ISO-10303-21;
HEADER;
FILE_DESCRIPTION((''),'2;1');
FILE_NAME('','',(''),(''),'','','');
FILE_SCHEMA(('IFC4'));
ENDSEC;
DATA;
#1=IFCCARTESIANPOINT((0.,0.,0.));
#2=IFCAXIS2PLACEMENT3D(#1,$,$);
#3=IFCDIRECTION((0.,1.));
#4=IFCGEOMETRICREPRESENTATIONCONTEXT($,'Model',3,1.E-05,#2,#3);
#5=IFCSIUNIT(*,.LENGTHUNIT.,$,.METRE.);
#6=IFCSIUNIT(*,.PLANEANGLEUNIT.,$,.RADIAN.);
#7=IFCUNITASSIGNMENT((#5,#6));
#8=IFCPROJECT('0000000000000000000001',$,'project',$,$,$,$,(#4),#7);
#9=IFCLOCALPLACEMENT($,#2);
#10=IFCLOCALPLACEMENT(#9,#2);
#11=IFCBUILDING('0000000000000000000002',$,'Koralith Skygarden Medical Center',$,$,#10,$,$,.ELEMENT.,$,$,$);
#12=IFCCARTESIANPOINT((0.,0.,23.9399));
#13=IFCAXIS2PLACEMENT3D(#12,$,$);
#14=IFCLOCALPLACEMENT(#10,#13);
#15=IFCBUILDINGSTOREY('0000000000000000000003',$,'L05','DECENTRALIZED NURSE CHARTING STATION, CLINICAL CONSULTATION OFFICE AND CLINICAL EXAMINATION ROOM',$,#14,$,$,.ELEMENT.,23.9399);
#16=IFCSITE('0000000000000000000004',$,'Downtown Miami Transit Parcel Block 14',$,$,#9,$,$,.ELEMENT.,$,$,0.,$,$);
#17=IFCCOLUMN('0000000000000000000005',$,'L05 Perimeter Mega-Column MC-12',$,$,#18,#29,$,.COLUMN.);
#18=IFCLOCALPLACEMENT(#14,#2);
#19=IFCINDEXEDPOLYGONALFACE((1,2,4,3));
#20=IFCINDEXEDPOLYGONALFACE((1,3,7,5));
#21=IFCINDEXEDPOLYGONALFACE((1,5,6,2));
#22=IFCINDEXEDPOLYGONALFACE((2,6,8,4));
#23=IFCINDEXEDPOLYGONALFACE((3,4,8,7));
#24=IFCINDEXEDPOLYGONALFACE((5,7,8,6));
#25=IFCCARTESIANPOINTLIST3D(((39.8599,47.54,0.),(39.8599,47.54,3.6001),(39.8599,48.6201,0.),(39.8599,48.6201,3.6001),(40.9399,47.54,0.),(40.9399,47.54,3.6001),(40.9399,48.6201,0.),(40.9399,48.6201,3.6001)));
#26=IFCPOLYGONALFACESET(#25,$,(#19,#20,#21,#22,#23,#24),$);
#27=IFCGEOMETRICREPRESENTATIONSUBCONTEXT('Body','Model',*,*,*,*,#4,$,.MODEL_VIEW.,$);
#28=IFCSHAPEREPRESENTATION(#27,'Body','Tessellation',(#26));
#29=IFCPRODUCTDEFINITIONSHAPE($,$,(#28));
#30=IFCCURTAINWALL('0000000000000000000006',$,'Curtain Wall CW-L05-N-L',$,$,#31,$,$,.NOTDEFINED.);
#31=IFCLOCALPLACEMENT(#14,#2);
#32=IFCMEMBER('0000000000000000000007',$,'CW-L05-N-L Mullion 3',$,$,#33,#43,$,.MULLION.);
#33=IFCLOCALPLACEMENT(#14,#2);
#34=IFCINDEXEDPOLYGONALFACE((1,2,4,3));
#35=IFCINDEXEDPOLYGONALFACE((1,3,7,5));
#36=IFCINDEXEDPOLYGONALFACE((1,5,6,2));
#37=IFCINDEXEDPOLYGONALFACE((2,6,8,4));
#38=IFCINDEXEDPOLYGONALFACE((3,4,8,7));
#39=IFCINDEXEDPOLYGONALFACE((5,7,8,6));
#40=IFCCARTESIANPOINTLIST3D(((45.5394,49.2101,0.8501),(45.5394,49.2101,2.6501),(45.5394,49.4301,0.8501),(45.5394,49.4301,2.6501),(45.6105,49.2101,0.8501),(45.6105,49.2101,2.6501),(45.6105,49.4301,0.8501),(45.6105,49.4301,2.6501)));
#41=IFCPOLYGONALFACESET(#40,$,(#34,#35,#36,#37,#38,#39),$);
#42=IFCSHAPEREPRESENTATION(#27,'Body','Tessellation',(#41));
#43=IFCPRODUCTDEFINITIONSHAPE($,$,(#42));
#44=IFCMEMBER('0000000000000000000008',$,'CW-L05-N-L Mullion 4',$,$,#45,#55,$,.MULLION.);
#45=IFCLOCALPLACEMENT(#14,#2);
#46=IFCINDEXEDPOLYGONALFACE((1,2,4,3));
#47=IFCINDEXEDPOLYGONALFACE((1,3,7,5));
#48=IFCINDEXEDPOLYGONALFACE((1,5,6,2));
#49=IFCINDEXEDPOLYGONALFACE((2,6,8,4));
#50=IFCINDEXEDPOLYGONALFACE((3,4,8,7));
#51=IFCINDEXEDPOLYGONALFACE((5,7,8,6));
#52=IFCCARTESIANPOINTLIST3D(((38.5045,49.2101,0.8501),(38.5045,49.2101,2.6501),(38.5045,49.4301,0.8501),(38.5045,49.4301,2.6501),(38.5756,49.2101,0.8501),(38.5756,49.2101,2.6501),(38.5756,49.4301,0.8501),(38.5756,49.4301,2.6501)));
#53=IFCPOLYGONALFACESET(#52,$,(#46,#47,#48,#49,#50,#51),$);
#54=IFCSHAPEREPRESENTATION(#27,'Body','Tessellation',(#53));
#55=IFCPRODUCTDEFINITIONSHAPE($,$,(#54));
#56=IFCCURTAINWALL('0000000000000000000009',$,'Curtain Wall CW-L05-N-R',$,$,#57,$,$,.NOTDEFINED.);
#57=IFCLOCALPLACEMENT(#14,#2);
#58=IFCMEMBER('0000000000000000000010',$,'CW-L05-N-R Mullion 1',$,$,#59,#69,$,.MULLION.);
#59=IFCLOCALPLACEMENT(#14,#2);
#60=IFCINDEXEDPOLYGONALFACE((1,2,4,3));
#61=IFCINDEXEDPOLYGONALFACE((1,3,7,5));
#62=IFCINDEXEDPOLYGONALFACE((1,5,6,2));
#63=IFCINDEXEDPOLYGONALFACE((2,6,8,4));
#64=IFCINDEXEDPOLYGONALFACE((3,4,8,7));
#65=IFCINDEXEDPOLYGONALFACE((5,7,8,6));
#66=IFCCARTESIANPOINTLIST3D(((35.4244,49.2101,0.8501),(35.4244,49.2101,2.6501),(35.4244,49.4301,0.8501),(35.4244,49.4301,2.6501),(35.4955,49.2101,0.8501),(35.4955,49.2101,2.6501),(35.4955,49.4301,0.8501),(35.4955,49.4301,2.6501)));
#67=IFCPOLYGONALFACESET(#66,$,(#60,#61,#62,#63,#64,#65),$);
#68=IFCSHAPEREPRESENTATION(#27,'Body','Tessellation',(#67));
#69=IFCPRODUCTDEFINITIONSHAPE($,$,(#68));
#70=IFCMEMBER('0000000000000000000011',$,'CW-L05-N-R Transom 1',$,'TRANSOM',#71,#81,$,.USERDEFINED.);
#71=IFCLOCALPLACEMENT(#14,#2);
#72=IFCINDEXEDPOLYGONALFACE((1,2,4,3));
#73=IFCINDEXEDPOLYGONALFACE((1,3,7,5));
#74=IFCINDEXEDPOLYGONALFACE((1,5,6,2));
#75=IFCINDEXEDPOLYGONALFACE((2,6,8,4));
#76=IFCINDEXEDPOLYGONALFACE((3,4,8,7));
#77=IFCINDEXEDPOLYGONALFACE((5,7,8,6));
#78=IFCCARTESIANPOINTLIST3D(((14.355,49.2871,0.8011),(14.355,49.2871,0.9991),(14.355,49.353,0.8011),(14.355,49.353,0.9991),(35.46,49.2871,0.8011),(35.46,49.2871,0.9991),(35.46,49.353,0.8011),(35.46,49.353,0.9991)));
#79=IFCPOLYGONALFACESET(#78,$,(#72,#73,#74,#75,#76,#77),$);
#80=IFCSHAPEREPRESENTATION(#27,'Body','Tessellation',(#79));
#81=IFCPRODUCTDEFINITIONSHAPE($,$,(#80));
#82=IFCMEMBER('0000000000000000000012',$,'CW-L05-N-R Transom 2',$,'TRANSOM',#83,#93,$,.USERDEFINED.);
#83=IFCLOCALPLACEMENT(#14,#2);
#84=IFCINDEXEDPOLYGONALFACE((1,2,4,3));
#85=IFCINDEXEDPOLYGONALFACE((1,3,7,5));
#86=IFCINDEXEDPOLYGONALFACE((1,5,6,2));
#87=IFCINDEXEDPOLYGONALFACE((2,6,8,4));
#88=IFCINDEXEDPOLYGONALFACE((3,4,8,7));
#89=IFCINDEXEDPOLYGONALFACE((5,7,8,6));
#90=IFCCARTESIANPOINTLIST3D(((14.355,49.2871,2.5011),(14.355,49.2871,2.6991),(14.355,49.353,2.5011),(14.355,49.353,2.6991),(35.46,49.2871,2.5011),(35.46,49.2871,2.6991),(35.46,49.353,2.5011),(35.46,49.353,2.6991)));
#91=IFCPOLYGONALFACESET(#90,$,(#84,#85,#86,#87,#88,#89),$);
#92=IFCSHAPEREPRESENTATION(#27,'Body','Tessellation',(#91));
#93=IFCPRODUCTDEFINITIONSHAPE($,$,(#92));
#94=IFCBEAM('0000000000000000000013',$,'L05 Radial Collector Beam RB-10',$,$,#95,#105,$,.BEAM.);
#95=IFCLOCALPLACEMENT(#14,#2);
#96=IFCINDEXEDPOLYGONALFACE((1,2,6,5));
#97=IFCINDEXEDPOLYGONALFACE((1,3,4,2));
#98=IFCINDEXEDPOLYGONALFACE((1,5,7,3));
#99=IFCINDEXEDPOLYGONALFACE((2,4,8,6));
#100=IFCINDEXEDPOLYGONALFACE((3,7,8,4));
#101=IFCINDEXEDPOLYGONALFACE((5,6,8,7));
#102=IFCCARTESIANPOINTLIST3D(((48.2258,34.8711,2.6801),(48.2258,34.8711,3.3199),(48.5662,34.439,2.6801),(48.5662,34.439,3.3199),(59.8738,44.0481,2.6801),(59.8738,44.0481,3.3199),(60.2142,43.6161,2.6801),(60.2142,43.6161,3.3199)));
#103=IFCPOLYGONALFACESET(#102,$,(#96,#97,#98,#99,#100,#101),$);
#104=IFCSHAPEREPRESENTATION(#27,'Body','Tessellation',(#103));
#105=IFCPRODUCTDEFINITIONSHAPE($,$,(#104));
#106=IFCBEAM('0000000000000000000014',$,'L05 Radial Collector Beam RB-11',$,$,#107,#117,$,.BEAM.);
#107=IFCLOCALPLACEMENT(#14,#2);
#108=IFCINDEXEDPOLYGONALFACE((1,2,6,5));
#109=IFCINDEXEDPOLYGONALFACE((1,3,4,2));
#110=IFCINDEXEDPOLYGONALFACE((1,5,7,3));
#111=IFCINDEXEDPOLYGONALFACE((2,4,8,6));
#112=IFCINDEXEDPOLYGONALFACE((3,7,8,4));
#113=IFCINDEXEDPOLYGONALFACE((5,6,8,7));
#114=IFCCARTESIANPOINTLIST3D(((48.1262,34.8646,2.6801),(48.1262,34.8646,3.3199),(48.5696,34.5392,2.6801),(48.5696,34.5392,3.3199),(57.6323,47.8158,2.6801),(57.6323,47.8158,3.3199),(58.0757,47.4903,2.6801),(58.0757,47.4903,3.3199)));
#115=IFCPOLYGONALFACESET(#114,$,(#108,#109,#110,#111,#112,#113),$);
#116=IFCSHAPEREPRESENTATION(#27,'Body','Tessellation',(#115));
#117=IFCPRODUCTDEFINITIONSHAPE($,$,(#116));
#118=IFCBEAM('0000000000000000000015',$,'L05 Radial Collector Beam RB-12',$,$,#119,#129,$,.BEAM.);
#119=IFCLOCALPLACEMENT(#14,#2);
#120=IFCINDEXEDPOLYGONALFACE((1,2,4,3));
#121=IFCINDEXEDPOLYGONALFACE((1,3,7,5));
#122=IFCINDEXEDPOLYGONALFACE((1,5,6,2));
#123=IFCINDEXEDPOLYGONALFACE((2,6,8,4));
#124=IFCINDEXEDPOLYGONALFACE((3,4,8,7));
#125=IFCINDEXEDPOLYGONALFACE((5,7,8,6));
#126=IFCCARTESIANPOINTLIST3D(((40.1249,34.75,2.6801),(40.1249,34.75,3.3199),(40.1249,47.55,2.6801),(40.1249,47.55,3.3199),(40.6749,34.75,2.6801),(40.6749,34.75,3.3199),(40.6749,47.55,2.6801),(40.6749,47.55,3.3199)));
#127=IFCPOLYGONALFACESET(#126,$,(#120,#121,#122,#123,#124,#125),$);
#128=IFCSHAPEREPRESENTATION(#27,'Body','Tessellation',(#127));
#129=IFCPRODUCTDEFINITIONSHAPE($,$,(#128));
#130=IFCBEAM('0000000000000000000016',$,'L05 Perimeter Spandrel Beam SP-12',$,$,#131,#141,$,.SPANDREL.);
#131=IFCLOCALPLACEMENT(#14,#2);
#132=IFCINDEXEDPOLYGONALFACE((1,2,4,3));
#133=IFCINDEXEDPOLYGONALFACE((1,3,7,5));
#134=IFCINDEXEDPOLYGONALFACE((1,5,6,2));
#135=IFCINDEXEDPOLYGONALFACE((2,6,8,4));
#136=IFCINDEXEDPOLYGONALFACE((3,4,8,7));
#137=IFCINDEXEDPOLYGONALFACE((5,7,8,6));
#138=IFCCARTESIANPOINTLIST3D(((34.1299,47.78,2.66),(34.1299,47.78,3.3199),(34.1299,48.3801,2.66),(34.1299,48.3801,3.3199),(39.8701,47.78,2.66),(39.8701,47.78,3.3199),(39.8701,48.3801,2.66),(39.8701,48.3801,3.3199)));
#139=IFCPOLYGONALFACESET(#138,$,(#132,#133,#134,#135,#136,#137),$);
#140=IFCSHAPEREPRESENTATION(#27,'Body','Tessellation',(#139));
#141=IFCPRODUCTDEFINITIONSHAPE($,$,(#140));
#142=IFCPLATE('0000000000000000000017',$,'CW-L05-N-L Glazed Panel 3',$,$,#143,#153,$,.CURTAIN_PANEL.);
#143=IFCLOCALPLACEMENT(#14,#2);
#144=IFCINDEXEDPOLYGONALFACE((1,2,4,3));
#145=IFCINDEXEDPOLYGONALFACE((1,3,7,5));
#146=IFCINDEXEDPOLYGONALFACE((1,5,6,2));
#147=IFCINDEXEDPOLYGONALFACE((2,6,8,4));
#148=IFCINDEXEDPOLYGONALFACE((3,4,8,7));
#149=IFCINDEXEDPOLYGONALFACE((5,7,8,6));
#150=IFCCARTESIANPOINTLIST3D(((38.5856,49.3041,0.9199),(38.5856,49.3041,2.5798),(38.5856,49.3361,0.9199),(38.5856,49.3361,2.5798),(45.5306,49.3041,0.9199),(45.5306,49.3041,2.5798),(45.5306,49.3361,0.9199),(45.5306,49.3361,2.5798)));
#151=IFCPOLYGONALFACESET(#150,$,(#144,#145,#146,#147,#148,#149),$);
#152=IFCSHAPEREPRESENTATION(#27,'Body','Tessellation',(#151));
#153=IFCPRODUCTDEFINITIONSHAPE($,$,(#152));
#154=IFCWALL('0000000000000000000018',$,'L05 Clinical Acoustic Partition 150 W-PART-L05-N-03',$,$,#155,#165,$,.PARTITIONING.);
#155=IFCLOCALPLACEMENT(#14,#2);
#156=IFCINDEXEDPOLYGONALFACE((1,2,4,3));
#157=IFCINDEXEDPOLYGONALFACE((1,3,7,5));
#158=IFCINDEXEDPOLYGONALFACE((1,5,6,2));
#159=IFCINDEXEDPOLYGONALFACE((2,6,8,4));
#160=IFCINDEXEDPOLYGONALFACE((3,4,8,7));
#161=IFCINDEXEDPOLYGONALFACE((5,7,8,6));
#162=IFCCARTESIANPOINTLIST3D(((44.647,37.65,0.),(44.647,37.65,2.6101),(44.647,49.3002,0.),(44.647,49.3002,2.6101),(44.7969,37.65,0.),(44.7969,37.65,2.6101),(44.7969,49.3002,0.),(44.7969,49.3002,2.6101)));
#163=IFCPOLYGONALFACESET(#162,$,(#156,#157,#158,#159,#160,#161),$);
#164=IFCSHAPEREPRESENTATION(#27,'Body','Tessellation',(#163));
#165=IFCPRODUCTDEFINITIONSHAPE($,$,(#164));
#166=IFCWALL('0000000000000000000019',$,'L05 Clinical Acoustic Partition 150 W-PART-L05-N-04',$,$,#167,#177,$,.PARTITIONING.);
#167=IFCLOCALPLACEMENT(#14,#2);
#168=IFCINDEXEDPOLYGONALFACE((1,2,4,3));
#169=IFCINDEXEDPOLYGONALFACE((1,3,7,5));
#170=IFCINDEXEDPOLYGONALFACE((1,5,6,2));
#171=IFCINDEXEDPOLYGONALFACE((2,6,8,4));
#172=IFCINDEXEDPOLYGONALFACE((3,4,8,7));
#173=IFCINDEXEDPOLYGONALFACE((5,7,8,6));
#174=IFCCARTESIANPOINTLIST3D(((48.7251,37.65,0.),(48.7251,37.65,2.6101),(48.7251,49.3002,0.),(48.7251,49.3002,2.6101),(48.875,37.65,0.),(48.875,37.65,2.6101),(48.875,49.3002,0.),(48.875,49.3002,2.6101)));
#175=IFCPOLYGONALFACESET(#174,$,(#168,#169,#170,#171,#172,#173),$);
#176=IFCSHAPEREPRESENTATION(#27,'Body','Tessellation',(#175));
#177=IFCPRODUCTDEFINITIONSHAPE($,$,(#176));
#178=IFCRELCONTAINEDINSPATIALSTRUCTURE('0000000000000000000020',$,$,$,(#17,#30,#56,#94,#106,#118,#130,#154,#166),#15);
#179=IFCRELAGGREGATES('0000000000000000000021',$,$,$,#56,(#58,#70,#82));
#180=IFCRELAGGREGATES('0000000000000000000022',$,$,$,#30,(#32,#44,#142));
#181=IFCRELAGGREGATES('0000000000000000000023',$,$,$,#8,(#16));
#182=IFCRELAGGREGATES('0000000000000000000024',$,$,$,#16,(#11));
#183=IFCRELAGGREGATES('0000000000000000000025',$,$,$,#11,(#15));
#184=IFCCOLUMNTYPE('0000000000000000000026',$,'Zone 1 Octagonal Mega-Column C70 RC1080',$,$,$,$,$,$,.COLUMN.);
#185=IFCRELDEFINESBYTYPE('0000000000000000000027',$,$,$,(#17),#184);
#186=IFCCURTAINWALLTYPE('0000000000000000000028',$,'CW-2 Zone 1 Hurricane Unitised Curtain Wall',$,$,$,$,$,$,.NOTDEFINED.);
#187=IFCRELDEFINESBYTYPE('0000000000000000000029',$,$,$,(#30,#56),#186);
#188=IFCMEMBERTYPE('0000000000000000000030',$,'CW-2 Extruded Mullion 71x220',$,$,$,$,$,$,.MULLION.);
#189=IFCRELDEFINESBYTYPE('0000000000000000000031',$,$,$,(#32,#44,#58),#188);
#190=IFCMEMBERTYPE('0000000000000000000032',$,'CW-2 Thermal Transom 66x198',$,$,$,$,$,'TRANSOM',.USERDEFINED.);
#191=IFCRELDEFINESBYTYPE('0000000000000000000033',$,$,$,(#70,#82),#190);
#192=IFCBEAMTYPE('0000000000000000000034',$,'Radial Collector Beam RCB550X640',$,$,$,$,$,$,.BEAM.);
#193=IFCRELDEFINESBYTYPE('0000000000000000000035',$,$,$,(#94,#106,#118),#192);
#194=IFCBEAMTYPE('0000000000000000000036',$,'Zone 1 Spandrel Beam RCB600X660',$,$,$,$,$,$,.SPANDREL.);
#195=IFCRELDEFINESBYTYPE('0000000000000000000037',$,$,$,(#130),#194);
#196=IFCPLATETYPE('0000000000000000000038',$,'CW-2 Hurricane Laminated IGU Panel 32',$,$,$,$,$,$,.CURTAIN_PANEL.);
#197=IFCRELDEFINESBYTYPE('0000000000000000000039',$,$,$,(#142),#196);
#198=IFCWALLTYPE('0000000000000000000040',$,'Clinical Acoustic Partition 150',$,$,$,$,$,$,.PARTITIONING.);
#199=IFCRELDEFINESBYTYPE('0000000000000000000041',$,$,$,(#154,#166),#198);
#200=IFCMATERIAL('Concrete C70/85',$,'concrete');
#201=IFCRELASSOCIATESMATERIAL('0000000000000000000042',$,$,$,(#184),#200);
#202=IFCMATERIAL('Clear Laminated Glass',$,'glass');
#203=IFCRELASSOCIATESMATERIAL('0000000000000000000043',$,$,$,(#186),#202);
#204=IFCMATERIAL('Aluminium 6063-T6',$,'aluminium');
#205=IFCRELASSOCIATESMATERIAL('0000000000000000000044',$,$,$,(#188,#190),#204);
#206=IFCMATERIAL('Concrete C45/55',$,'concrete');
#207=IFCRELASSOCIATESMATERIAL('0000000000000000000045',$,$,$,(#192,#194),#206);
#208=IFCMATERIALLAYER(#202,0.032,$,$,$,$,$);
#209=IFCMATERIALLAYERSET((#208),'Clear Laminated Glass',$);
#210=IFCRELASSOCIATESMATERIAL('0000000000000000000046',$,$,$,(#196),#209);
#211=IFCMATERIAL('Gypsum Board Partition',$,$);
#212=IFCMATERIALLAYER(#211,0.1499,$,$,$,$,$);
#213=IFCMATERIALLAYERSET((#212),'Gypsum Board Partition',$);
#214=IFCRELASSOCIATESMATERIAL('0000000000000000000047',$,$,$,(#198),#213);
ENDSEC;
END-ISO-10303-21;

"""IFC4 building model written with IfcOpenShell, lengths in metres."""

from ifc_helpers import new_model, si_unit, direction, frame, frame_2d, origin, origin_2d, place, context, subcontext, project, spatial, rectangle, extrude, material, layer, layer_set, material_profile, profile_set, type_object, element, aggregate, save


model = new_model("IFC4")

# Units and contexts
model_context = context("Model", 3, precision=1e-05, world=origin(), true_north=direction((0.0, 1.0)))
body_context = subcontext(model_context, "Body", "Model", "MODEL_VIEW")
ifc_project = project(units=[si_unit("LENGTHUNIT", "METRE"), si_unit("PLANEANGLEUNIT", "RADIAN")], contexts=[model_context])

# Site, building, storey
site_placement = place(None, origin())
site = spatial("IfcSite", under=ifc_project, at=site_placement, Name="Downtown Miami Transit Parcel Block 14", CompositionType="ELEMENT", RefElevation=0.0)
building_placement = place(site_placement, origin())
building = spatial("IfcBuilding", under=site, at=building_placement, Name="Koralith Skygarden Medical Center", CompositionType="ELEMENT")
storey_placement = place(building_placement, frame((0.0, 0.0, 23.9399)))
storey = spatial("IfcBuildingStorey", under=building, at=storey_placement, Name="L05", Description="DECENTRALIZED NURSE CHARTING STATION, CLINICAL CONSULTATION OFFICE AND CLINICAL EXAMINATION ROOM", CompositionType="ELEMENT", Elevation=23.9399)

# Column
ifc_material_1 = material(Name="Concrete C70/85", Category="concrete")
ifc_material_profile_1 = material_profile(ifc_material_1, rectangle(XDim=1.0801, YDim=1.0801, at=origin_2d()), Name="RC1080X1080")
ifc_profile_set_1 = profile_set([ifc_material_profile_1], Name="Concrete C70/85")
column_type = type_object("IfcColumnType", Name="Zone 1 Octagonal Mega-Column C70 RC1080", PredefinedType="COLUMN", material=ifc_profile_set_1)
column_placement = place(storey_placement, frame((40.3999, 48.0801, 0.0), z_axis=(0.0, 0.0, 1.0), x_axis=(1.0, 0.0, 0.0)))
element("IfcColumn", 1, at=column_placement, inside=storey, type_object=column_type, Name="L05 Perimeter Mega-Column MC-12", PredefinedType="COLUMN", context=body_context, shape_type="SweptSolid", body=[
    extrude(rectangle(XDim=1.0801, YDim=1.0801, at=origin_2d()), origin(), (0.0, 0.0, 1.0), 3.6001),
])

# Curtain walls, members
ifc_material_2 = material(Name="Clear Laminated Glass", Category="glass")
curtain_wall_type = type_object("IfcCurtainWallType", Name="CW-2 Zone 1 Hurricane Unitised Curtain Wall", PredefinedType="NOTDEFINED", material=ifc_material_2)
curtain_wall_1_placement = place(storey_placement, origin())
curtain_wall_1 = element("IfcCurtainWall", 2, at=curtain_wall_1_placement, inside=storey, type_object=curtain_wall_type, Name="Curtain Wall CW-L05-N-L", PredefinedType="NOTDEFINED")
ifc_material_3 = material(Name="Aluminium 6063-T6", Category="aluminium")
ifc_material_profile_2 = material_profile(ifc_material_3, rectangle(XDim=0.071, YDim=0.22, at=origin_2d()), Name="MUL71X220")
ifc_profile_set_2 = profile_set([ifc_material_profile_2], Name="Aluminium 6063-T6")
member_type_1 = type_object("IfcMemberType", Name="CW-2 Extruded Mullion 71x220", PredefinedType="MULLION", material=ifc_profile_set_2)
member_1_placement = place(storey_placement, frame((45.575, 49.3201, 0.8501), z_axis=(0.0, 0.0, 1.0), x_axis=(1.0, 0.0, 0.0)))
member_1 = element("IfcMember", 3, at=member_1_placement, type_object=member_type_1, Name="CW-L05-N-L Mullion 3", PredefinedType="MULLION", context=body_context, shape_type="SweptSolid", body=[
    extrude(rectangle(XDim=0.071, YDim=0.22, at=origin_2d()), origin(), (0.0, 0.0, 1.0), 1.8),
])
member_2_placement = place(storey_placement, frame((38.54, 49.3201, 0.8501), z_axis=(0.0, 0.0, 1.0), x_axis=(1.0, 0.0, 0.0)))
member_2 = element("IfcMember", 4, at=member_2_placement, type_object=member_type_1, Name="CW-L05-N-L Mullion 4", PredefinedType="MULLION", context=body_context, shape_type="SweptSolid", body=[
    extrude(rectangle(XDim=0.071, YDim=0.22, at=origin_2d()), origin(), (0.0, 0.0, 1.0), 1.8),
])
curtain_wall_2_placement = place(storey_placement, origin())
curtain_wall_2 = element("IfcCurtainWall", 5, at=curtain_wall_2_placement, inside=storey, type_object=curtain_wall_type, Name="Curtain Wall CW-L05-N-R", PredefinedType="NOTDEFINED")
member_3_placement = place(storey_placement, frame((35.46, 49.3201, 0.8501), z_axis=(0.0, 0.0, 1.0), x_axis=(1.0, 0.0, 0.0)))
member_3 = element("IfcMember", 6, at=member_3_placement, type_object=member_type_1, Name="CW-L05-N-R Mullion 1", PredefinedType="MULLION", context=body_context, shape_type="SweptSolid", body=[
    extrude(rectangle(XDim=0.071, YDim=0.22, at=origin_2d()), origin(), (0.0, 0.0, 1.0), 1.8),
])
ifc_material_profile_3 = material_profile(ifc_material_3, rectangle(XDim=0.0659, YDim=0.198, at=origin_2d()), Name="TRN66X198")
ifc_profile_set_3 = profile_set([ifc_material_profile_3], Name="Aluminium 6063-T6")
member_type_2 = type_object("IfcMemberType", Name="CW-2 Thermal Transom 66x198", ElementType="TRANSOM", PredefinedType="USERDEFINED", material=ifc_profile_set_3)
member_4_placement = place(storey_placement, frame((35.46, 49.3201, 0.9001), z_axis=(-1.0, 0.0, 0.0), x_axis=(0.0, -1.0, 0.0)))
member_4 = element("IfcMember", 7, at=member_4_placement, type_object=member_type_2, Name="CW-L05-N-R Transom 1", ObjectType="TRANSOM", PredefinedType="USERDEFINED", context=body_context, shape_type="SweptSolid", body=[
    extrude(rectangle(XDim=0.0659, YDim=0.198, at=origin_2d()), origin(), (0.0, 0.0, 1.0), 21.105),
])
member_5_placement = place(storey_placement, frame((35.46, 49.3201, 2.6001), z_axis=(-1.0, 0.0, 0.0), x_axis=(0.0, -1.0, 0.0)))
member_5 = element("IfcMember", 8, at=member_5_placement, type_object=member_type_2, Name="CW-L05-N-R Transom 2", ObjectType="TRANSOM", PredefinedType="USERDEFINED", context=body_context, shape_type="SweptSolid", body=[
    extrude(rectangle(XDim=0.0659, YDim=0.198, at=origin_2d()), origin(), (0.0, 0.0, 1.0), 21.105),
])
aggregate(curtain_wall_2, [member_3, member_4, member_5])

# Beams
ifc_material_4 = material(Name="Concrete C45/55", Category="concrete")
ifc_material_profile_4 = material_profile(ifc_material_4, rectangle(XDim=0.55, YDim=0.6399, at=origin_2d()), Name="RCB550X640")
ifc_profile_set_4 = profile_set([ifc_material_profile_4], Name="Concrete C45/55")
beam_type_1 = type_object("IfcBeamType", Name="Radial Collector Beam RCB550X640", PredefinedType="BEAM", material=ifc_profile_set_4)
beam_1_placement = place(storey_placement, frame((48.396, 34.655, 3.0), z_axis=(0.785497, 0.618865, 0.0), x_axis=(-0.618865, 0.785497, 0.0)))
element("IfcBeam", 9, at=beam_1_placement, inside=storey, type_object=beam_type_1, Name="L05 Radial Collector Beam RB-10", PredefinedType="BEAM", context=body_context, shape_type="SweptSolid", body=[
    extrude(rectangle(XDim=0.55, YDim=0.6399, at=origin_2d()), origin(), (0.0, 0.0, 1.0), 14.8289),
])
beam_2_placement = place(storey_placement, frame((48.3479, 34.7019, 3.0), z_axis=(0.591711, 0.80615, 0.0), x_axis=(-0.80615, 0.591711, 0.0)))
element("IfcBeam", 10, at=beam_2_placement, inside=storey, type_object=beam_type_1, Name="L05 Radial Collector Beam RB-11", PredefinedType="BEAM", context=body_context, shape_type="SweptSolid", body=[
    extrude(rectangle(XDim=0.55, YDim=0.6399, at=origin_2d()), origin(), (0.0, 0.0, 1.0), 16.0654),
])
beam_3_placement = place(storey_placement, frame((40.3999, 34.75, 3.0), z_axis=(0.0, 1.0, 0.0), x_axis=(-1.0, 0.0, 0.0)))
element("IfcBeam", 11, at=beam_3_placement, inside=storey, type_object=beam_type_1, Name="L05 Radial Collector Beam RB-12", PredefinedType="BEAM", context=body_context, shape_type="SweptSolid", body=[
    extrude(rectangle(XDim=0.55, YDim=0.6399, at=origin_2d()), origin(), (0.0, 0.0, 1.0), 12.8),
])
ifc_material_profile_5 = material_profile(ifc_material_4, rectangle(XDim=0.6001, YDim=0.6599, at=origin_2d()), Name="RCB600X660")
ifc_profile_set_5 = profile_set([ifc_material_profile_5], Name="Concrete C45/55")
beam_type_2 = type_object("IfcBeamType", Name="Zone 1 Spandrel Beam RCB600X660", PredefinedType="SPANDREL", material=ifc_profile_set_5)
beam_4_placement = place(storey_placement, frame((39.8701, 48.0801, 2.99), z_axis=(-1.0, 0.0, 0.0), x_axis=(0.0, -1.0, 0.0)))
element("IfcBeam", 12, at=beam_4_placement, inside=storey, type_object=beam_type_2, Name="L05 Perimeter Spandrel Beam SP-12", PredefinedType="SPANDREL", context=body_context, shape_type="SweptSolid", body=[
    extrude(rectangle(XDim=0.6001, YDim=0.6599, at=origin_2d()), origin(), (0.0, 0.0, 1.0), 5.7402),
])

# Plate
ifc_layer_1 = layer(ifc_material_2, 0.032)
ifc_layer_set_1 = layer_set([ifc_layer_1], Name="Clear Laminated Glass")
plate_type = type_object("IfcPlateType", Name="CW-2 Hurricane Laminated IGU Panel 32", PredefinedType="CURTAIN_PANEL", material=ifc_layer_set_1)
plate_placement = place(storey_placement, frame((42.0581, 49.3201, 0.9199), z_axis=(0.0, 0.0, 1.0), x_axis=(-1.0, 0.0, 0.0)))
plate = element("IfcPlate", 13, at=plate_placement, type_object=plate_type, Name="CW-L05-N-L Glazed Panel 3", PredefinedType="CURTAIN_PANEL", context=body_context, shape_type="SweptSolid", body=[
    extrude(rectangle(XDim=6.9451, YDim=0.032, at=origin_2d()), origin(), (0.0, 0.0, 1.0), 1.6599),
])
aggregate(curtain_wall_1, [member_1, member_2, plate])

# Walls
ifc_material_5 = material(Name="Gypsum Board Partition")
ifc_layer_2 = layer(ifc_material_5, 0.1499)
ifc_layer_set_2 = layer_set([ifc_layer_2], Name="Gypsum Board Partition")
wall_type_1 = type_object("IfcWallType", Name="Clinical Acoustic Partition 150", PredefinedType="PARTITIONING", material=ifc_layer_set_2)
for number, where, z_axis, x_axis, name in (
    (14, (44.7219, 37.6499, 0.0), (0.0, 0.0, 1.0), (0.0, 1.0, 0.0), "L05 Clinical Acoustic Partition 150 W-PART-L05-N-03"),
    (15, (48.8, 37.6499, 0.0), (0.0, 0.0, 1.0), (0.0, 1.0, 0.0), "L05 Clinical Acoustic Partition 150 W-PART-L05-N-04"),
):
    element("IfcWall", number, at=place(storey_placement, frame(where, z_axis=z_axis, x_axis=x_axis)), inside=storey, type_object=wall_type_1, Name=name, PredefinedType="PARTITIONING", context=body_context, shape_type="SweptSolid", body=[
        extrude(rectangle(XDim=11.6501, YDim=0.1499, at=frame_2d((5.8252, 0.0))), origin(), (0.0, 0.0, 1.0), 2.6101),
    ])

save(model, "model.ifc")
